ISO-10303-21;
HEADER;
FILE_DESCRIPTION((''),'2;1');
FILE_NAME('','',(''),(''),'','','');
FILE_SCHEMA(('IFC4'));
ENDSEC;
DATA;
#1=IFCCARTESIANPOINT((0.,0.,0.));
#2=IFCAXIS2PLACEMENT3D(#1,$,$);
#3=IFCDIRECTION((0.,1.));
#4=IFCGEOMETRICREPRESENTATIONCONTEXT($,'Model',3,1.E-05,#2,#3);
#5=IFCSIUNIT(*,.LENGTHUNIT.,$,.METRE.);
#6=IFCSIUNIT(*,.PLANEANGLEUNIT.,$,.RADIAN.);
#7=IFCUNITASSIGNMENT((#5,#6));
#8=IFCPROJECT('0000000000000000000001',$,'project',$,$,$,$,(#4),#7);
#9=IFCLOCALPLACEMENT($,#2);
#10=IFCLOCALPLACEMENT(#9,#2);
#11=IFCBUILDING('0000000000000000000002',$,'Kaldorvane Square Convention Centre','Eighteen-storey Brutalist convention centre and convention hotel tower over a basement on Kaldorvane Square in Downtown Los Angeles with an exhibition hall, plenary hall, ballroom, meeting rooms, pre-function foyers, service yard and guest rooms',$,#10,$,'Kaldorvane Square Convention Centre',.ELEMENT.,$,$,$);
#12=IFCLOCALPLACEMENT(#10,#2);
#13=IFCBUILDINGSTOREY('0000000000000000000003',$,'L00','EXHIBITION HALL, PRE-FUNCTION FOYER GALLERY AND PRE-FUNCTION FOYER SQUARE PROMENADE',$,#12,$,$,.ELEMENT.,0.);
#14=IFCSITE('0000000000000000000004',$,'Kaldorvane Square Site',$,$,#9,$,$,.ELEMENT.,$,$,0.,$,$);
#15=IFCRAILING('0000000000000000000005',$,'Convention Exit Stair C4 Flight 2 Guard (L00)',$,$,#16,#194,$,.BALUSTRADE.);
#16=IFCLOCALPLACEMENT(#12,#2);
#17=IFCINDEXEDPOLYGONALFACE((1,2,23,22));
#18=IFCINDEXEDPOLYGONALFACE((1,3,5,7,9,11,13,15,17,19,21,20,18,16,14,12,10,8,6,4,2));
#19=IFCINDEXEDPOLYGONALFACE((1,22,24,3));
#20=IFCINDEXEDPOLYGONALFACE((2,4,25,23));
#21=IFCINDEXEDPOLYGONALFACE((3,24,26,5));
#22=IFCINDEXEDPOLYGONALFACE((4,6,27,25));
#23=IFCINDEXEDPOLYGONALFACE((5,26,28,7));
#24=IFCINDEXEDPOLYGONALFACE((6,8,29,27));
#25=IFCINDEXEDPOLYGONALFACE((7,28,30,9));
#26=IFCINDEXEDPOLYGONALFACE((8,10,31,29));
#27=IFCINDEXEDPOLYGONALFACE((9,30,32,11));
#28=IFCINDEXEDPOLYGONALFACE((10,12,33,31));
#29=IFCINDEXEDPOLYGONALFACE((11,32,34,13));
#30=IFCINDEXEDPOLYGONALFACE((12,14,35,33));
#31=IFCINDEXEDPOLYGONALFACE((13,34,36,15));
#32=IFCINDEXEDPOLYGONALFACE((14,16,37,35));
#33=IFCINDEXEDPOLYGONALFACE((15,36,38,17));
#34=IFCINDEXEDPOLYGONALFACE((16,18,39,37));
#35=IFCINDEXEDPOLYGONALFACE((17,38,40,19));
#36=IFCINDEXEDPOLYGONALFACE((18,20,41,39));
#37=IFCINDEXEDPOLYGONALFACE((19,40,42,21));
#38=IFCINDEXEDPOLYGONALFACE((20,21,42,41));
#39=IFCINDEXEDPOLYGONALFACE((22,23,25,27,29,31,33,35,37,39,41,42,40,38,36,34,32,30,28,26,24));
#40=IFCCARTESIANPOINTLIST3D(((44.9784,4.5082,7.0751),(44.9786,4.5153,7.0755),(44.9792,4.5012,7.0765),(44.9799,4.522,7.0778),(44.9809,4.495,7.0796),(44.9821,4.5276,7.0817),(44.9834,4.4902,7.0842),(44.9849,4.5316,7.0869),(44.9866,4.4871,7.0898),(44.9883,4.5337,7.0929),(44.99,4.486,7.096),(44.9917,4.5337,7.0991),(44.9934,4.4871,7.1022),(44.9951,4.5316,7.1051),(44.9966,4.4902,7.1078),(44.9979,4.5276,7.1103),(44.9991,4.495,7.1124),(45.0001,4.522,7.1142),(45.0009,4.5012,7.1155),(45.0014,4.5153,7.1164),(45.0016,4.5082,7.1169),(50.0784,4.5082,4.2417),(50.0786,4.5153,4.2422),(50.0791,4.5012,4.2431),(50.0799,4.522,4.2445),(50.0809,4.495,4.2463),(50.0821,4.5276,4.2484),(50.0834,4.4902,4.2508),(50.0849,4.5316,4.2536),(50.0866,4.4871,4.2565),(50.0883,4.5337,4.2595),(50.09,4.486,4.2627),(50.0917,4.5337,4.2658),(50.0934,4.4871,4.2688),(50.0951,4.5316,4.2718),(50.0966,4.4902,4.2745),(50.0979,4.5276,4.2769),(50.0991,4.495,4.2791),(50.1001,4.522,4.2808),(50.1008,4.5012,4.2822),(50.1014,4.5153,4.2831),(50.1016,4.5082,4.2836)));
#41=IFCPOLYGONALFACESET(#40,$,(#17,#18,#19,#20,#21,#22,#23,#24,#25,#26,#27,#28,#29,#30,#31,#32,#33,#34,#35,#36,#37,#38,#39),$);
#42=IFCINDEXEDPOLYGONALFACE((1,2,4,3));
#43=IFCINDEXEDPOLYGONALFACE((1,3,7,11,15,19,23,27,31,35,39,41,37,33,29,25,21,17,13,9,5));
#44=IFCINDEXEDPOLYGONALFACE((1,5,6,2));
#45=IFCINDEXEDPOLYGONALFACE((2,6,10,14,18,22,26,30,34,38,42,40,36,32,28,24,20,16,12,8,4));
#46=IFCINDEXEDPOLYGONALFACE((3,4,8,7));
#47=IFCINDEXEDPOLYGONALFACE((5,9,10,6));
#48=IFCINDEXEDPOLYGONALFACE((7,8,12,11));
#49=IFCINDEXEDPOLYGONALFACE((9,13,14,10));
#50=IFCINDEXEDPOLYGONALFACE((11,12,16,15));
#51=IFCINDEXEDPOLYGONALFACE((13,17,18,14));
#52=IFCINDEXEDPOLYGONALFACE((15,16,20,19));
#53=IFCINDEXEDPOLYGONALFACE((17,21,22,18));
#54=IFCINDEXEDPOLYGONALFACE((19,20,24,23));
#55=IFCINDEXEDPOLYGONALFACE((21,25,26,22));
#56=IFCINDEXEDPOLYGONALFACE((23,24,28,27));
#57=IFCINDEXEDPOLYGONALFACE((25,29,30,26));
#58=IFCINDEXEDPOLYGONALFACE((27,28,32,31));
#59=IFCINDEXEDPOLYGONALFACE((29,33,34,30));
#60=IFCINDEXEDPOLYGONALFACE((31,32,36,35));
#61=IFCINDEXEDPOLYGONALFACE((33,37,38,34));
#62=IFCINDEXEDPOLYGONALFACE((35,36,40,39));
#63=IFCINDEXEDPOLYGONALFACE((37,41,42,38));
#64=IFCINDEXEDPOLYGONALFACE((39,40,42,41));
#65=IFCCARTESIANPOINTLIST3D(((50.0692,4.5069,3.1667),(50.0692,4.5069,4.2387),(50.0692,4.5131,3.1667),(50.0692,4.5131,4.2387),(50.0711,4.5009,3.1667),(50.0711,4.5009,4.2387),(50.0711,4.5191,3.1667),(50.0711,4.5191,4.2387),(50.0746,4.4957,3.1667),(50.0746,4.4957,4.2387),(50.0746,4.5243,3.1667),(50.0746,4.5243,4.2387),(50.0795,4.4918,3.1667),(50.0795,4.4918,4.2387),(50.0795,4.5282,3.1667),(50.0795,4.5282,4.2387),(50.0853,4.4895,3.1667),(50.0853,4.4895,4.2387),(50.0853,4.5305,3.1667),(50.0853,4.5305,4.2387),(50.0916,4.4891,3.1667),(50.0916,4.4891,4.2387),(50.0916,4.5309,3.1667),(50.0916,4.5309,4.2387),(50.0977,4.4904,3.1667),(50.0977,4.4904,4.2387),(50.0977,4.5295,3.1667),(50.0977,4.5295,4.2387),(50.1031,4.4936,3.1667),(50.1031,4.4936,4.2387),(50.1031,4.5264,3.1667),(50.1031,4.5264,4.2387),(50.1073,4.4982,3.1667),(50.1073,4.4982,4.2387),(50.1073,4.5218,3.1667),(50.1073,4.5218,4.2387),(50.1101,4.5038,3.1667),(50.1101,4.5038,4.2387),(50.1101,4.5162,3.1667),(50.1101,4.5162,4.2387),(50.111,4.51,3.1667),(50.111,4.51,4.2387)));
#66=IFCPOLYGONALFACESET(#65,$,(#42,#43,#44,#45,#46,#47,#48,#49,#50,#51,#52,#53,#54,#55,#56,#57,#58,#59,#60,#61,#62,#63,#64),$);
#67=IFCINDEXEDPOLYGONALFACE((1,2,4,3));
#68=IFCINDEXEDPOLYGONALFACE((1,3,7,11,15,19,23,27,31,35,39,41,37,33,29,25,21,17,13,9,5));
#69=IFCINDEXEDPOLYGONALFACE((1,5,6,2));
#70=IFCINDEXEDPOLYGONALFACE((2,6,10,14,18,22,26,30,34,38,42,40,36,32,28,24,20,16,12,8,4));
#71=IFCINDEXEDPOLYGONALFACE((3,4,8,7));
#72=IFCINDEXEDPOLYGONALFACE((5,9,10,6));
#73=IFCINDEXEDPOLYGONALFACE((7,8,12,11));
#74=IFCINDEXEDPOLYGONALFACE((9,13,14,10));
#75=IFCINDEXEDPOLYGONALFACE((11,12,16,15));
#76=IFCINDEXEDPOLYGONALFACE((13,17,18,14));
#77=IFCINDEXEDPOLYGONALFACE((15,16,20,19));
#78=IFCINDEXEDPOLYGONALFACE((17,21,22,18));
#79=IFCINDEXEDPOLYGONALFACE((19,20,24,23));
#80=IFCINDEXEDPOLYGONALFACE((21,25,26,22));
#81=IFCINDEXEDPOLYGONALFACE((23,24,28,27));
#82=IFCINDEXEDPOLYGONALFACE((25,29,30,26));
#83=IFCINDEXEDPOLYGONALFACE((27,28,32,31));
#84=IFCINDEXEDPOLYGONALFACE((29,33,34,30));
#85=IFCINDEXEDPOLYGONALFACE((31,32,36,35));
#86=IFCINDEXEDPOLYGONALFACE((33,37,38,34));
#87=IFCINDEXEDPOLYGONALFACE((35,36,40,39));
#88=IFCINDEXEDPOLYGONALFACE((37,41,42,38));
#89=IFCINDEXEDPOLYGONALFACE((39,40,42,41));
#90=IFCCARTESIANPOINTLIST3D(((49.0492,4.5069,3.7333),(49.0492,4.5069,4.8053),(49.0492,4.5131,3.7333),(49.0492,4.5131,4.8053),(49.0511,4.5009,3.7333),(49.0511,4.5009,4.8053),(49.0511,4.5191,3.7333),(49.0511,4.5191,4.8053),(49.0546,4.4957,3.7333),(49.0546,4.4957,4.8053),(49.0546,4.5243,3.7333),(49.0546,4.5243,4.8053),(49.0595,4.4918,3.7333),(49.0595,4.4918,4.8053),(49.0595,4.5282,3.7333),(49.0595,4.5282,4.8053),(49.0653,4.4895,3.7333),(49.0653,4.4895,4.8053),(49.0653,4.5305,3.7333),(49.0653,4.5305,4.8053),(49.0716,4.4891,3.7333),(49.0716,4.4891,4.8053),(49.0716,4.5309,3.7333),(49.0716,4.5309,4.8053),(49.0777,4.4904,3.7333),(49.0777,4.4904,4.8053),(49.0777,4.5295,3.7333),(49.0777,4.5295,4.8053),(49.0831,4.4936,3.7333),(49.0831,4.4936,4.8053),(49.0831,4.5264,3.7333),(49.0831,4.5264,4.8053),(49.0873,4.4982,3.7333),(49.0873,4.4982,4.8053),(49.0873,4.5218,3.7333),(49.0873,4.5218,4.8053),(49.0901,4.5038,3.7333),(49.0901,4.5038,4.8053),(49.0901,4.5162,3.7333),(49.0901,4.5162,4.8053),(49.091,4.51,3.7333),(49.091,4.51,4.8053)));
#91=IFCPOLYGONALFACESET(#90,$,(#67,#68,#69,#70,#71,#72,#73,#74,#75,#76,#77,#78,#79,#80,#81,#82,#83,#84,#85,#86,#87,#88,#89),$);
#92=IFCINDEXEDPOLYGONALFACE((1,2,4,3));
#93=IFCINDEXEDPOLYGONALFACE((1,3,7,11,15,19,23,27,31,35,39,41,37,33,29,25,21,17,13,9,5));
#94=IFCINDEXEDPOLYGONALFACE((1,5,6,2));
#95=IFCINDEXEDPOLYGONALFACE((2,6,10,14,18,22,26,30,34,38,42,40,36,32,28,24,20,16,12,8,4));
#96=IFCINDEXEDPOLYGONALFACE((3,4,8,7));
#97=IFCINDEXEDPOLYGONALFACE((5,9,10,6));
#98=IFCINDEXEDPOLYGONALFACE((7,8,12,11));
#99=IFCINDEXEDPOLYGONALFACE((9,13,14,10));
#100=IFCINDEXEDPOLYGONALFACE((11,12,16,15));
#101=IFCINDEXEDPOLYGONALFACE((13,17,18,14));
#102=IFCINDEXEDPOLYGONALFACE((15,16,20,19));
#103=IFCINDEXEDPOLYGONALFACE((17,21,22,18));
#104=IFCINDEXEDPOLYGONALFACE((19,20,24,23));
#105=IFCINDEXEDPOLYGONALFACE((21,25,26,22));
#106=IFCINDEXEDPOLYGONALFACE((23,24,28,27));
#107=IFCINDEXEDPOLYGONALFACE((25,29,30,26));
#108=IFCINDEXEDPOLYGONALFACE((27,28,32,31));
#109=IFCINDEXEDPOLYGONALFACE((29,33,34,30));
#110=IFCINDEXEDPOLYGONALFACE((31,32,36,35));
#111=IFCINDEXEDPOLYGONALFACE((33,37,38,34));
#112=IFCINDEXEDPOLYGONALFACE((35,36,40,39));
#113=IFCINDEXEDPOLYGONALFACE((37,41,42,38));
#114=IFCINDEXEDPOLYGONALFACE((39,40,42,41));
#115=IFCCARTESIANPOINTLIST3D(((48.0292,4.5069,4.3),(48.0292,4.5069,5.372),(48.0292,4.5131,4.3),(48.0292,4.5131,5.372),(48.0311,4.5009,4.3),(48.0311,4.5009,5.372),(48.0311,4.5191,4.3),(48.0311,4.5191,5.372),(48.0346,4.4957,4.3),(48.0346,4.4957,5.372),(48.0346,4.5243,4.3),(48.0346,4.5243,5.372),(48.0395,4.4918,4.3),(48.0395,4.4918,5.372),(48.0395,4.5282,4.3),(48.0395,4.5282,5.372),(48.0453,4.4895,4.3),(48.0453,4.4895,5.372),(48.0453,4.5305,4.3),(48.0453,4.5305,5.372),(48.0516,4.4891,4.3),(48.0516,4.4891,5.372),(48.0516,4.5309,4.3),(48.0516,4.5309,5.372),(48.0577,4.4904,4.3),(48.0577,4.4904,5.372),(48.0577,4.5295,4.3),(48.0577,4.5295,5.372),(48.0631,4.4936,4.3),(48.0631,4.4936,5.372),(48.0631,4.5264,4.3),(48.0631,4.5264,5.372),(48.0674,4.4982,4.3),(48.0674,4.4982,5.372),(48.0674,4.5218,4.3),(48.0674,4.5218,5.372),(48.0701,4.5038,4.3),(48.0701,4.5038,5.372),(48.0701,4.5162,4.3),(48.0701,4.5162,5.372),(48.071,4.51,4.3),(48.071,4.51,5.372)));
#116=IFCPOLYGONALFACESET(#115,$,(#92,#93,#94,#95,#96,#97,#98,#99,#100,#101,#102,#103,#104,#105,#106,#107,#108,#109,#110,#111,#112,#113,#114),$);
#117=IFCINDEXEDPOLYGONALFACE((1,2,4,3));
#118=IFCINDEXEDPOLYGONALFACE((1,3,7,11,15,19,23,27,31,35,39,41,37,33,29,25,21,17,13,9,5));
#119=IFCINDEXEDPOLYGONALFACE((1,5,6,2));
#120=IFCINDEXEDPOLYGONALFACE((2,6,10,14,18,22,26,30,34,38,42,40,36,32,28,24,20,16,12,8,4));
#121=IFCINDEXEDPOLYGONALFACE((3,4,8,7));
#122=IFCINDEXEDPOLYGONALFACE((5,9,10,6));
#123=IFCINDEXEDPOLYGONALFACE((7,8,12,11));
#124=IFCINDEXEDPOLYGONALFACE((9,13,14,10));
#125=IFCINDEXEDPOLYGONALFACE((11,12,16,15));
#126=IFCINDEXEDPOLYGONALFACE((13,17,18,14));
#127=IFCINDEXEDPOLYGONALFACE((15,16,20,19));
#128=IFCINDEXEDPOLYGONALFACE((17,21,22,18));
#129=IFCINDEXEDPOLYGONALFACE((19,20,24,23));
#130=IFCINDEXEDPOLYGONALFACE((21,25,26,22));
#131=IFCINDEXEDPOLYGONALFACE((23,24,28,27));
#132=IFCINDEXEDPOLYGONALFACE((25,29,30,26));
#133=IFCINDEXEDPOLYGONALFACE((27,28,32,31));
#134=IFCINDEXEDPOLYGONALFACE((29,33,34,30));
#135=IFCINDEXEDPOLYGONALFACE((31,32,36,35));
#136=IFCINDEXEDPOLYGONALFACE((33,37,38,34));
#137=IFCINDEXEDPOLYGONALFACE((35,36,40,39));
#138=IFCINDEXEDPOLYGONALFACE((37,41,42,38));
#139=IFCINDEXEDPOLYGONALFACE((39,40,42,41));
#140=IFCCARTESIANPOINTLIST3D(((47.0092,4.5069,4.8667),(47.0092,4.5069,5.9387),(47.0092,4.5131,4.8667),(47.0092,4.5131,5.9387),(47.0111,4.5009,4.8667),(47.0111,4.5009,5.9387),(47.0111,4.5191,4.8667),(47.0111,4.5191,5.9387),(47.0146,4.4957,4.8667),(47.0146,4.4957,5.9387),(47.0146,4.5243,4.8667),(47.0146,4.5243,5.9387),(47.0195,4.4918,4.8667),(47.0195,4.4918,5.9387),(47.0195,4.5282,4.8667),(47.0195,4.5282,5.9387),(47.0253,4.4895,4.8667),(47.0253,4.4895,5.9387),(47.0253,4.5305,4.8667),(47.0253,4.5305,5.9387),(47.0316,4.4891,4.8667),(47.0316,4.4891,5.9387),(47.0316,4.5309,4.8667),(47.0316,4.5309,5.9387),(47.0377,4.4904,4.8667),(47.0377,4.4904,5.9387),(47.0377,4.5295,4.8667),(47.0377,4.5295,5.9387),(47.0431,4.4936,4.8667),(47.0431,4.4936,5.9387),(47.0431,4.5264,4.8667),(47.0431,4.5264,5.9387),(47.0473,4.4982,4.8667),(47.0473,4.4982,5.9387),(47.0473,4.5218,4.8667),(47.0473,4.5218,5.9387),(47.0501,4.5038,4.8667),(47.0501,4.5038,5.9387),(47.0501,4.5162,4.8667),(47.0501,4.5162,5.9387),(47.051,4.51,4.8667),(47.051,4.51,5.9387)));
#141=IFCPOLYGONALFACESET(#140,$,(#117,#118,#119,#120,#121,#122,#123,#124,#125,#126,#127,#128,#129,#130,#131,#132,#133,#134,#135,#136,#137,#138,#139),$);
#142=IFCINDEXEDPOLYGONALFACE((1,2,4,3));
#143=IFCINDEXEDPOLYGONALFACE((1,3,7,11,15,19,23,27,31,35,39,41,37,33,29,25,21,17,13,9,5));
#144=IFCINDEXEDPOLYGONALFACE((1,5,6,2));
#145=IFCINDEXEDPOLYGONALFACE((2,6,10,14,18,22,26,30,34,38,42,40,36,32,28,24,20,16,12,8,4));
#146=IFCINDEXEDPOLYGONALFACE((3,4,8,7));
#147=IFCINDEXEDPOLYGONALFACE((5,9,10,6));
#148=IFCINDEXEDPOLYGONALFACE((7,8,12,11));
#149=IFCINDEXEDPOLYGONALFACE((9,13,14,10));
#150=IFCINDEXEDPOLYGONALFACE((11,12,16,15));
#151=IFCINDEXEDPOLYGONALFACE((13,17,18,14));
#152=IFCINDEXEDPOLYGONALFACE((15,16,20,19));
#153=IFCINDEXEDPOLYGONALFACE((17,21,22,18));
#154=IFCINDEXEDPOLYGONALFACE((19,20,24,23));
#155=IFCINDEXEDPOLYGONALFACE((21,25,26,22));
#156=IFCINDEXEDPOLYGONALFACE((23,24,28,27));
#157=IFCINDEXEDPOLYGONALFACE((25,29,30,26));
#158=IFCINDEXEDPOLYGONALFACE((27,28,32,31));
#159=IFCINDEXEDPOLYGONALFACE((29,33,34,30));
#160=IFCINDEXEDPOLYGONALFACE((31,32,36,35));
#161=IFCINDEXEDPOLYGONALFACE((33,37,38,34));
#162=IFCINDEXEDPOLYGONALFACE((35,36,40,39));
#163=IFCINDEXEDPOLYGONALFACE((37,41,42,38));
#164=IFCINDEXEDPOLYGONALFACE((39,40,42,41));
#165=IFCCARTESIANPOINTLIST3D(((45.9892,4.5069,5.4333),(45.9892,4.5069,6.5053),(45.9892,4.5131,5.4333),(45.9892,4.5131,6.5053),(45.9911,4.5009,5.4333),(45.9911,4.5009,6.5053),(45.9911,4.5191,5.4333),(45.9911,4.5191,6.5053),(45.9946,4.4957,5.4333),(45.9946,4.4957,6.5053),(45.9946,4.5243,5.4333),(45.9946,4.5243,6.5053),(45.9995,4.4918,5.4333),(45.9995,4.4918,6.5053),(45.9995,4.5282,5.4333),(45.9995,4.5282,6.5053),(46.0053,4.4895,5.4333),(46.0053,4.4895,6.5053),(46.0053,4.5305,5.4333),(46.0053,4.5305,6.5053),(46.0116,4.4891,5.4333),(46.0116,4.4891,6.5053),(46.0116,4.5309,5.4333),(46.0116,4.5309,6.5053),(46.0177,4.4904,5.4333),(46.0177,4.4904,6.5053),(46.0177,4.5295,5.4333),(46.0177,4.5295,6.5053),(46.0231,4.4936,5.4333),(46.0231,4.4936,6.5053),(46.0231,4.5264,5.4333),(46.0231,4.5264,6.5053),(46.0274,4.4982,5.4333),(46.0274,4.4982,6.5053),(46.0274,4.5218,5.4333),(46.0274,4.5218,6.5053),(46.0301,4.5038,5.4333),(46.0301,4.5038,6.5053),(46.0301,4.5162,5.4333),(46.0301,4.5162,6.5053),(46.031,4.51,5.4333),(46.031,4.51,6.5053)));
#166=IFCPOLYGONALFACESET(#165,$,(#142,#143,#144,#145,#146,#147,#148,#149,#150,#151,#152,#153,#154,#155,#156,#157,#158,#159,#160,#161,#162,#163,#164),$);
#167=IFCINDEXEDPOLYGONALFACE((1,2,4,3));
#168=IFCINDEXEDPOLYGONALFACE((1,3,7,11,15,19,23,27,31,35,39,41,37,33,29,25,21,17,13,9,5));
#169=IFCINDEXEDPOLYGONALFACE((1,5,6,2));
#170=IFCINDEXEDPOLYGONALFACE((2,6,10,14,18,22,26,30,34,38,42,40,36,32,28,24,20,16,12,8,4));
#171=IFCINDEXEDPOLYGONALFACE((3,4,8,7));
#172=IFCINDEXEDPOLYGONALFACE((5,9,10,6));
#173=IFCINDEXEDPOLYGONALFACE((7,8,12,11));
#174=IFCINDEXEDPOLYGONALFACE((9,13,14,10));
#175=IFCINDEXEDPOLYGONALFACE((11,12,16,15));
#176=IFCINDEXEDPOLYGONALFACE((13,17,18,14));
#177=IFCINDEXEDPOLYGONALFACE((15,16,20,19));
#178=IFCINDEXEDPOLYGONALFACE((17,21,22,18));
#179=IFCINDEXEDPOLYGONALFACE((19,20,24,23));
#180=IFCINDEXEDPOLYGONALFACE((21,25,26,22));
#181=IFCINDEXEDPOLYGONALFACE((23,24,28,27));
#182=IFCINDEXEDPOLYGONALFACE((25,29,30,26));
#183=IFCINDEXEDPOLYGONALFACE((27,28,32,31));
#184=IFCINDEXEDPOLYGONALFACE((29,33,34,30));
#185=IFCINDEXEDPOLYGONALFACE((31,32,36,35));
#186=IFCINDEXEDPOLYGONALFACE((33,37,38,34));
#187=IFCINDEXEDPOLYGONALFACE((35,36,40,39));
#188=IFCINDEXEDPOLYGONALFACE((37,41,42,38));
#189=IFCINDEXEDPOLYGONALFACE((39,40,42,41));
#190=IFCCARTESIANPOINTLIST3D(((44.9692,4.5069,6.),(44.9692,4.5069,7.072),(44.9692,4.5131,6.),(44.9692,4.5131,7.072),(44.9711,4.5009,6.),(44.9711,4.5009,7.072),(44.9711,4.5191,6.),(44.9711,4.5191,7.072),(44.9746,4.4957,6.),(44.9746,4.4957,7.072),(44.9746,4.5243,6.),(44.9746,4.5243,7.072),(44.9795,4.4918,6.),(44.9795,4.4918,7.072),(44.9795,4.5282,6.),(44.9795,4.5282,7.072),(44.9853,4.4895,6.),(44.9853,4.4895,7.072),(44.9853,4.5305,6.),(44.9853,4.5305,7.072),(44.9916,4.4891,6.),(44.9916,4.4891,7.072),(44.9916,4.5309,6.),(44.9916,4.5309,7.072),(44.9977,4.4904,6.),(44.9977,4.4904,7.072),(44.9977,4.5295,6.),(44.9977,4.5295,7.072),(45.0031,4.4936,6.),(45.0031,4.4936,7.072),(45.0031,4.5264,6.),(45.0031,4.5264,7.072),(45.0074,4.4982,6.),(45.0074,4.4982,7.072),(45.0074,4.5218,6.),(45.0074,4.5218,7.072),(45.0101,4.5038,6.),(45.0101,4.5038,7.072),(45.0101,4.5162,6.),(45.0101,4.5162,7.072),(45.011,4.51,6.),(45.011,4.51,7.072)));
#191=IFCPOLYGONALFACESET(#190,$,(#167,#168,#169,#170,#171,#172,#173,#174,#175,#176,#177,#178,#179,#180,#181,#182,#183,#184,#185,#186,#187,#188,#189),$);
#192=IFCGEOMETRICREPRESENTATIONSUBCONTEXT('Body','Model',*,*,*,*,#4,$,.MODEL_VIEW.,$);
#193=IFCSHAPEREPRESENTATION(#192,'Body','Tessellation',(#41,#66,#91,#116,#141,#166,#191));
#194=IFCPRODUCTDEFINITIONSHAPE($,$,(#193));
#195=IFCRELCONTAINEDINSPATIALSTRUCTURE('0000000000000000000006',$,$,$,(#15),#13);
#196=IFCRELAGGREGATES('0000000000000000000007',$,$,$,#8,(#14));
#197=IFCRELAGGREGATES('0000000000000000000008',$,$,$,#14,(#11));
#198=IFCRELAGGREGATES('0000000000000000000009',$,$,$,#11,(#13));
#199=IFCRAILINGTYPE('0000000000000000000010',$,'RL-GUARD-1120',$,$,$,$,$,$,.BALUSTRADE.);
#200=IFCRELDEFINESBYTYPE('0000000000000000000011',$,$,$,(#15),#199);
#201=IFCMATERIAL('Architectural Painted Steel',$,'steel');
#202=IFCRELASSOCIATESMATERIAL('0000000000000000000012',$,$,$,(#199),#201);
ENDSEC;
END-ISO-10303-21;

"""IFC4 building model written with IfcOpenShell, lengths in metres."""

from ifc_helpers import new_model, si_unit, direction, frame, origin, origin_2d, place, context, subcontext, project, spatial, circle, extrude, material, type_object, element, save


model = new_model("IFC4")

# Units and contexts
model_context = context("Model", 3, precision=1e-05, world=origin(), true_north=direction((0.0, 1.0)))
body_context = subcontext(model_context, "Body", "Model", "MODEL_VIEW")
ifc_project = project(units=[si_unit("LENGTHUNIT", "METRE"), si_unit("PLANEANGLEUNIT", "RADIAN")], contexts=[model_context])

# Site, building, storey
site_placement = place(None, origin())
site = spatial("IfcSite", under=ifc_project, at=site_placement, Name="Kaldorvane Square Site", CompositionType="ELEMENT", RefElevation=0.0)
building_placement = place(site_placement, origin())
building = spatial("IfcBuilding", under=site, at=building_placement, Name="Kaldorvane Square Convention Centre", Description="Eighteen-storey Brutalist convention centre and convention hotel tower over a basement on Kaldorvane Square in Downtown Los Angeles with an exhibition hall, plenary hall, ballroom, meeting rooms, pre-function foyers, service yard and guest rooms", LongName="Kaldorvane Square Convention Centre", CompositionType="ELEMENT")
storey_placement = place(building_placement, origin())
storey = spatial("IfcBuildingStorey", under=building, at=storey_placement, Name="L00", Description="EXHIBITION HALL, PRE-FUNCTION FOYER GALLERY AND PRE-FUNCTION FOYER SQUARE PROMENADE", CompositionType="ELEMENT", Elevation=0.0)

# Railing
ifc_material_1 = material(Name="Architectural Painted Steel", Category="steel")
railing_type_1 = type_object("IfcRailingType", Name="RL-GUARD-1120", PredefinedType="BALUSTRADE", material=ifc_material_1)
railing_1_placement = place(storey_placement, frame((50.09, 4.51, 3.1667)))
element("IfcRailing", 1, at=railing_1_placement, inside=storey, type_object=railing_type_1, Name="Convention Exit Stair C4 Flight 2 Guard (L00)", PredefinedType="BALUSTRADE", context=body_context, shape_type="SweptSolid", body=[
    extrude(circle(Radius=0.024, at=origin_2d()), frame((0.0, 0.0, 1.096), z_axis=(-0.874157, 0.0, 0.485643), x_axis=(0.0, -1.0, 0.0)), (0.0, 0.0, 1.0), 5.8342),
    extrude(circle(Radius=0.021, at=origin_2d()), origin(), (0.0, 0.0, 1.0), 1.072),
    extrude(circle(Radius=0.021, at=origin_2d()), frame((-1.02, 0.0, 0.5667)), (0.0, 0.0, 1.0), 1.072),
    extrude(circle(Radius=0.021, at=origin_2d()), frame((-2.04, 0.0, 1.1333)), (0.0, 0.0, 1.0), 1.072),
    extrude(circle(Radius=0.021, at=origin_2d()), frame((-3.06, 0.0, 1.7)), (0.0, 0.0, 1.0), 1.072),
    extrude(circle(Radius=0.021, at=origin_2d()), frame((-4.08, 0.0, 2.2667)), (0.0, 0.0, 1.0), 1.072),
    extrude(circle(Radius=0.021, at=origin_2d()), frame((-5.1, 0.0, 2.8333)), (0.0, 0.0, 1.0), 1.072),
])

save(model, "model.ifc")
